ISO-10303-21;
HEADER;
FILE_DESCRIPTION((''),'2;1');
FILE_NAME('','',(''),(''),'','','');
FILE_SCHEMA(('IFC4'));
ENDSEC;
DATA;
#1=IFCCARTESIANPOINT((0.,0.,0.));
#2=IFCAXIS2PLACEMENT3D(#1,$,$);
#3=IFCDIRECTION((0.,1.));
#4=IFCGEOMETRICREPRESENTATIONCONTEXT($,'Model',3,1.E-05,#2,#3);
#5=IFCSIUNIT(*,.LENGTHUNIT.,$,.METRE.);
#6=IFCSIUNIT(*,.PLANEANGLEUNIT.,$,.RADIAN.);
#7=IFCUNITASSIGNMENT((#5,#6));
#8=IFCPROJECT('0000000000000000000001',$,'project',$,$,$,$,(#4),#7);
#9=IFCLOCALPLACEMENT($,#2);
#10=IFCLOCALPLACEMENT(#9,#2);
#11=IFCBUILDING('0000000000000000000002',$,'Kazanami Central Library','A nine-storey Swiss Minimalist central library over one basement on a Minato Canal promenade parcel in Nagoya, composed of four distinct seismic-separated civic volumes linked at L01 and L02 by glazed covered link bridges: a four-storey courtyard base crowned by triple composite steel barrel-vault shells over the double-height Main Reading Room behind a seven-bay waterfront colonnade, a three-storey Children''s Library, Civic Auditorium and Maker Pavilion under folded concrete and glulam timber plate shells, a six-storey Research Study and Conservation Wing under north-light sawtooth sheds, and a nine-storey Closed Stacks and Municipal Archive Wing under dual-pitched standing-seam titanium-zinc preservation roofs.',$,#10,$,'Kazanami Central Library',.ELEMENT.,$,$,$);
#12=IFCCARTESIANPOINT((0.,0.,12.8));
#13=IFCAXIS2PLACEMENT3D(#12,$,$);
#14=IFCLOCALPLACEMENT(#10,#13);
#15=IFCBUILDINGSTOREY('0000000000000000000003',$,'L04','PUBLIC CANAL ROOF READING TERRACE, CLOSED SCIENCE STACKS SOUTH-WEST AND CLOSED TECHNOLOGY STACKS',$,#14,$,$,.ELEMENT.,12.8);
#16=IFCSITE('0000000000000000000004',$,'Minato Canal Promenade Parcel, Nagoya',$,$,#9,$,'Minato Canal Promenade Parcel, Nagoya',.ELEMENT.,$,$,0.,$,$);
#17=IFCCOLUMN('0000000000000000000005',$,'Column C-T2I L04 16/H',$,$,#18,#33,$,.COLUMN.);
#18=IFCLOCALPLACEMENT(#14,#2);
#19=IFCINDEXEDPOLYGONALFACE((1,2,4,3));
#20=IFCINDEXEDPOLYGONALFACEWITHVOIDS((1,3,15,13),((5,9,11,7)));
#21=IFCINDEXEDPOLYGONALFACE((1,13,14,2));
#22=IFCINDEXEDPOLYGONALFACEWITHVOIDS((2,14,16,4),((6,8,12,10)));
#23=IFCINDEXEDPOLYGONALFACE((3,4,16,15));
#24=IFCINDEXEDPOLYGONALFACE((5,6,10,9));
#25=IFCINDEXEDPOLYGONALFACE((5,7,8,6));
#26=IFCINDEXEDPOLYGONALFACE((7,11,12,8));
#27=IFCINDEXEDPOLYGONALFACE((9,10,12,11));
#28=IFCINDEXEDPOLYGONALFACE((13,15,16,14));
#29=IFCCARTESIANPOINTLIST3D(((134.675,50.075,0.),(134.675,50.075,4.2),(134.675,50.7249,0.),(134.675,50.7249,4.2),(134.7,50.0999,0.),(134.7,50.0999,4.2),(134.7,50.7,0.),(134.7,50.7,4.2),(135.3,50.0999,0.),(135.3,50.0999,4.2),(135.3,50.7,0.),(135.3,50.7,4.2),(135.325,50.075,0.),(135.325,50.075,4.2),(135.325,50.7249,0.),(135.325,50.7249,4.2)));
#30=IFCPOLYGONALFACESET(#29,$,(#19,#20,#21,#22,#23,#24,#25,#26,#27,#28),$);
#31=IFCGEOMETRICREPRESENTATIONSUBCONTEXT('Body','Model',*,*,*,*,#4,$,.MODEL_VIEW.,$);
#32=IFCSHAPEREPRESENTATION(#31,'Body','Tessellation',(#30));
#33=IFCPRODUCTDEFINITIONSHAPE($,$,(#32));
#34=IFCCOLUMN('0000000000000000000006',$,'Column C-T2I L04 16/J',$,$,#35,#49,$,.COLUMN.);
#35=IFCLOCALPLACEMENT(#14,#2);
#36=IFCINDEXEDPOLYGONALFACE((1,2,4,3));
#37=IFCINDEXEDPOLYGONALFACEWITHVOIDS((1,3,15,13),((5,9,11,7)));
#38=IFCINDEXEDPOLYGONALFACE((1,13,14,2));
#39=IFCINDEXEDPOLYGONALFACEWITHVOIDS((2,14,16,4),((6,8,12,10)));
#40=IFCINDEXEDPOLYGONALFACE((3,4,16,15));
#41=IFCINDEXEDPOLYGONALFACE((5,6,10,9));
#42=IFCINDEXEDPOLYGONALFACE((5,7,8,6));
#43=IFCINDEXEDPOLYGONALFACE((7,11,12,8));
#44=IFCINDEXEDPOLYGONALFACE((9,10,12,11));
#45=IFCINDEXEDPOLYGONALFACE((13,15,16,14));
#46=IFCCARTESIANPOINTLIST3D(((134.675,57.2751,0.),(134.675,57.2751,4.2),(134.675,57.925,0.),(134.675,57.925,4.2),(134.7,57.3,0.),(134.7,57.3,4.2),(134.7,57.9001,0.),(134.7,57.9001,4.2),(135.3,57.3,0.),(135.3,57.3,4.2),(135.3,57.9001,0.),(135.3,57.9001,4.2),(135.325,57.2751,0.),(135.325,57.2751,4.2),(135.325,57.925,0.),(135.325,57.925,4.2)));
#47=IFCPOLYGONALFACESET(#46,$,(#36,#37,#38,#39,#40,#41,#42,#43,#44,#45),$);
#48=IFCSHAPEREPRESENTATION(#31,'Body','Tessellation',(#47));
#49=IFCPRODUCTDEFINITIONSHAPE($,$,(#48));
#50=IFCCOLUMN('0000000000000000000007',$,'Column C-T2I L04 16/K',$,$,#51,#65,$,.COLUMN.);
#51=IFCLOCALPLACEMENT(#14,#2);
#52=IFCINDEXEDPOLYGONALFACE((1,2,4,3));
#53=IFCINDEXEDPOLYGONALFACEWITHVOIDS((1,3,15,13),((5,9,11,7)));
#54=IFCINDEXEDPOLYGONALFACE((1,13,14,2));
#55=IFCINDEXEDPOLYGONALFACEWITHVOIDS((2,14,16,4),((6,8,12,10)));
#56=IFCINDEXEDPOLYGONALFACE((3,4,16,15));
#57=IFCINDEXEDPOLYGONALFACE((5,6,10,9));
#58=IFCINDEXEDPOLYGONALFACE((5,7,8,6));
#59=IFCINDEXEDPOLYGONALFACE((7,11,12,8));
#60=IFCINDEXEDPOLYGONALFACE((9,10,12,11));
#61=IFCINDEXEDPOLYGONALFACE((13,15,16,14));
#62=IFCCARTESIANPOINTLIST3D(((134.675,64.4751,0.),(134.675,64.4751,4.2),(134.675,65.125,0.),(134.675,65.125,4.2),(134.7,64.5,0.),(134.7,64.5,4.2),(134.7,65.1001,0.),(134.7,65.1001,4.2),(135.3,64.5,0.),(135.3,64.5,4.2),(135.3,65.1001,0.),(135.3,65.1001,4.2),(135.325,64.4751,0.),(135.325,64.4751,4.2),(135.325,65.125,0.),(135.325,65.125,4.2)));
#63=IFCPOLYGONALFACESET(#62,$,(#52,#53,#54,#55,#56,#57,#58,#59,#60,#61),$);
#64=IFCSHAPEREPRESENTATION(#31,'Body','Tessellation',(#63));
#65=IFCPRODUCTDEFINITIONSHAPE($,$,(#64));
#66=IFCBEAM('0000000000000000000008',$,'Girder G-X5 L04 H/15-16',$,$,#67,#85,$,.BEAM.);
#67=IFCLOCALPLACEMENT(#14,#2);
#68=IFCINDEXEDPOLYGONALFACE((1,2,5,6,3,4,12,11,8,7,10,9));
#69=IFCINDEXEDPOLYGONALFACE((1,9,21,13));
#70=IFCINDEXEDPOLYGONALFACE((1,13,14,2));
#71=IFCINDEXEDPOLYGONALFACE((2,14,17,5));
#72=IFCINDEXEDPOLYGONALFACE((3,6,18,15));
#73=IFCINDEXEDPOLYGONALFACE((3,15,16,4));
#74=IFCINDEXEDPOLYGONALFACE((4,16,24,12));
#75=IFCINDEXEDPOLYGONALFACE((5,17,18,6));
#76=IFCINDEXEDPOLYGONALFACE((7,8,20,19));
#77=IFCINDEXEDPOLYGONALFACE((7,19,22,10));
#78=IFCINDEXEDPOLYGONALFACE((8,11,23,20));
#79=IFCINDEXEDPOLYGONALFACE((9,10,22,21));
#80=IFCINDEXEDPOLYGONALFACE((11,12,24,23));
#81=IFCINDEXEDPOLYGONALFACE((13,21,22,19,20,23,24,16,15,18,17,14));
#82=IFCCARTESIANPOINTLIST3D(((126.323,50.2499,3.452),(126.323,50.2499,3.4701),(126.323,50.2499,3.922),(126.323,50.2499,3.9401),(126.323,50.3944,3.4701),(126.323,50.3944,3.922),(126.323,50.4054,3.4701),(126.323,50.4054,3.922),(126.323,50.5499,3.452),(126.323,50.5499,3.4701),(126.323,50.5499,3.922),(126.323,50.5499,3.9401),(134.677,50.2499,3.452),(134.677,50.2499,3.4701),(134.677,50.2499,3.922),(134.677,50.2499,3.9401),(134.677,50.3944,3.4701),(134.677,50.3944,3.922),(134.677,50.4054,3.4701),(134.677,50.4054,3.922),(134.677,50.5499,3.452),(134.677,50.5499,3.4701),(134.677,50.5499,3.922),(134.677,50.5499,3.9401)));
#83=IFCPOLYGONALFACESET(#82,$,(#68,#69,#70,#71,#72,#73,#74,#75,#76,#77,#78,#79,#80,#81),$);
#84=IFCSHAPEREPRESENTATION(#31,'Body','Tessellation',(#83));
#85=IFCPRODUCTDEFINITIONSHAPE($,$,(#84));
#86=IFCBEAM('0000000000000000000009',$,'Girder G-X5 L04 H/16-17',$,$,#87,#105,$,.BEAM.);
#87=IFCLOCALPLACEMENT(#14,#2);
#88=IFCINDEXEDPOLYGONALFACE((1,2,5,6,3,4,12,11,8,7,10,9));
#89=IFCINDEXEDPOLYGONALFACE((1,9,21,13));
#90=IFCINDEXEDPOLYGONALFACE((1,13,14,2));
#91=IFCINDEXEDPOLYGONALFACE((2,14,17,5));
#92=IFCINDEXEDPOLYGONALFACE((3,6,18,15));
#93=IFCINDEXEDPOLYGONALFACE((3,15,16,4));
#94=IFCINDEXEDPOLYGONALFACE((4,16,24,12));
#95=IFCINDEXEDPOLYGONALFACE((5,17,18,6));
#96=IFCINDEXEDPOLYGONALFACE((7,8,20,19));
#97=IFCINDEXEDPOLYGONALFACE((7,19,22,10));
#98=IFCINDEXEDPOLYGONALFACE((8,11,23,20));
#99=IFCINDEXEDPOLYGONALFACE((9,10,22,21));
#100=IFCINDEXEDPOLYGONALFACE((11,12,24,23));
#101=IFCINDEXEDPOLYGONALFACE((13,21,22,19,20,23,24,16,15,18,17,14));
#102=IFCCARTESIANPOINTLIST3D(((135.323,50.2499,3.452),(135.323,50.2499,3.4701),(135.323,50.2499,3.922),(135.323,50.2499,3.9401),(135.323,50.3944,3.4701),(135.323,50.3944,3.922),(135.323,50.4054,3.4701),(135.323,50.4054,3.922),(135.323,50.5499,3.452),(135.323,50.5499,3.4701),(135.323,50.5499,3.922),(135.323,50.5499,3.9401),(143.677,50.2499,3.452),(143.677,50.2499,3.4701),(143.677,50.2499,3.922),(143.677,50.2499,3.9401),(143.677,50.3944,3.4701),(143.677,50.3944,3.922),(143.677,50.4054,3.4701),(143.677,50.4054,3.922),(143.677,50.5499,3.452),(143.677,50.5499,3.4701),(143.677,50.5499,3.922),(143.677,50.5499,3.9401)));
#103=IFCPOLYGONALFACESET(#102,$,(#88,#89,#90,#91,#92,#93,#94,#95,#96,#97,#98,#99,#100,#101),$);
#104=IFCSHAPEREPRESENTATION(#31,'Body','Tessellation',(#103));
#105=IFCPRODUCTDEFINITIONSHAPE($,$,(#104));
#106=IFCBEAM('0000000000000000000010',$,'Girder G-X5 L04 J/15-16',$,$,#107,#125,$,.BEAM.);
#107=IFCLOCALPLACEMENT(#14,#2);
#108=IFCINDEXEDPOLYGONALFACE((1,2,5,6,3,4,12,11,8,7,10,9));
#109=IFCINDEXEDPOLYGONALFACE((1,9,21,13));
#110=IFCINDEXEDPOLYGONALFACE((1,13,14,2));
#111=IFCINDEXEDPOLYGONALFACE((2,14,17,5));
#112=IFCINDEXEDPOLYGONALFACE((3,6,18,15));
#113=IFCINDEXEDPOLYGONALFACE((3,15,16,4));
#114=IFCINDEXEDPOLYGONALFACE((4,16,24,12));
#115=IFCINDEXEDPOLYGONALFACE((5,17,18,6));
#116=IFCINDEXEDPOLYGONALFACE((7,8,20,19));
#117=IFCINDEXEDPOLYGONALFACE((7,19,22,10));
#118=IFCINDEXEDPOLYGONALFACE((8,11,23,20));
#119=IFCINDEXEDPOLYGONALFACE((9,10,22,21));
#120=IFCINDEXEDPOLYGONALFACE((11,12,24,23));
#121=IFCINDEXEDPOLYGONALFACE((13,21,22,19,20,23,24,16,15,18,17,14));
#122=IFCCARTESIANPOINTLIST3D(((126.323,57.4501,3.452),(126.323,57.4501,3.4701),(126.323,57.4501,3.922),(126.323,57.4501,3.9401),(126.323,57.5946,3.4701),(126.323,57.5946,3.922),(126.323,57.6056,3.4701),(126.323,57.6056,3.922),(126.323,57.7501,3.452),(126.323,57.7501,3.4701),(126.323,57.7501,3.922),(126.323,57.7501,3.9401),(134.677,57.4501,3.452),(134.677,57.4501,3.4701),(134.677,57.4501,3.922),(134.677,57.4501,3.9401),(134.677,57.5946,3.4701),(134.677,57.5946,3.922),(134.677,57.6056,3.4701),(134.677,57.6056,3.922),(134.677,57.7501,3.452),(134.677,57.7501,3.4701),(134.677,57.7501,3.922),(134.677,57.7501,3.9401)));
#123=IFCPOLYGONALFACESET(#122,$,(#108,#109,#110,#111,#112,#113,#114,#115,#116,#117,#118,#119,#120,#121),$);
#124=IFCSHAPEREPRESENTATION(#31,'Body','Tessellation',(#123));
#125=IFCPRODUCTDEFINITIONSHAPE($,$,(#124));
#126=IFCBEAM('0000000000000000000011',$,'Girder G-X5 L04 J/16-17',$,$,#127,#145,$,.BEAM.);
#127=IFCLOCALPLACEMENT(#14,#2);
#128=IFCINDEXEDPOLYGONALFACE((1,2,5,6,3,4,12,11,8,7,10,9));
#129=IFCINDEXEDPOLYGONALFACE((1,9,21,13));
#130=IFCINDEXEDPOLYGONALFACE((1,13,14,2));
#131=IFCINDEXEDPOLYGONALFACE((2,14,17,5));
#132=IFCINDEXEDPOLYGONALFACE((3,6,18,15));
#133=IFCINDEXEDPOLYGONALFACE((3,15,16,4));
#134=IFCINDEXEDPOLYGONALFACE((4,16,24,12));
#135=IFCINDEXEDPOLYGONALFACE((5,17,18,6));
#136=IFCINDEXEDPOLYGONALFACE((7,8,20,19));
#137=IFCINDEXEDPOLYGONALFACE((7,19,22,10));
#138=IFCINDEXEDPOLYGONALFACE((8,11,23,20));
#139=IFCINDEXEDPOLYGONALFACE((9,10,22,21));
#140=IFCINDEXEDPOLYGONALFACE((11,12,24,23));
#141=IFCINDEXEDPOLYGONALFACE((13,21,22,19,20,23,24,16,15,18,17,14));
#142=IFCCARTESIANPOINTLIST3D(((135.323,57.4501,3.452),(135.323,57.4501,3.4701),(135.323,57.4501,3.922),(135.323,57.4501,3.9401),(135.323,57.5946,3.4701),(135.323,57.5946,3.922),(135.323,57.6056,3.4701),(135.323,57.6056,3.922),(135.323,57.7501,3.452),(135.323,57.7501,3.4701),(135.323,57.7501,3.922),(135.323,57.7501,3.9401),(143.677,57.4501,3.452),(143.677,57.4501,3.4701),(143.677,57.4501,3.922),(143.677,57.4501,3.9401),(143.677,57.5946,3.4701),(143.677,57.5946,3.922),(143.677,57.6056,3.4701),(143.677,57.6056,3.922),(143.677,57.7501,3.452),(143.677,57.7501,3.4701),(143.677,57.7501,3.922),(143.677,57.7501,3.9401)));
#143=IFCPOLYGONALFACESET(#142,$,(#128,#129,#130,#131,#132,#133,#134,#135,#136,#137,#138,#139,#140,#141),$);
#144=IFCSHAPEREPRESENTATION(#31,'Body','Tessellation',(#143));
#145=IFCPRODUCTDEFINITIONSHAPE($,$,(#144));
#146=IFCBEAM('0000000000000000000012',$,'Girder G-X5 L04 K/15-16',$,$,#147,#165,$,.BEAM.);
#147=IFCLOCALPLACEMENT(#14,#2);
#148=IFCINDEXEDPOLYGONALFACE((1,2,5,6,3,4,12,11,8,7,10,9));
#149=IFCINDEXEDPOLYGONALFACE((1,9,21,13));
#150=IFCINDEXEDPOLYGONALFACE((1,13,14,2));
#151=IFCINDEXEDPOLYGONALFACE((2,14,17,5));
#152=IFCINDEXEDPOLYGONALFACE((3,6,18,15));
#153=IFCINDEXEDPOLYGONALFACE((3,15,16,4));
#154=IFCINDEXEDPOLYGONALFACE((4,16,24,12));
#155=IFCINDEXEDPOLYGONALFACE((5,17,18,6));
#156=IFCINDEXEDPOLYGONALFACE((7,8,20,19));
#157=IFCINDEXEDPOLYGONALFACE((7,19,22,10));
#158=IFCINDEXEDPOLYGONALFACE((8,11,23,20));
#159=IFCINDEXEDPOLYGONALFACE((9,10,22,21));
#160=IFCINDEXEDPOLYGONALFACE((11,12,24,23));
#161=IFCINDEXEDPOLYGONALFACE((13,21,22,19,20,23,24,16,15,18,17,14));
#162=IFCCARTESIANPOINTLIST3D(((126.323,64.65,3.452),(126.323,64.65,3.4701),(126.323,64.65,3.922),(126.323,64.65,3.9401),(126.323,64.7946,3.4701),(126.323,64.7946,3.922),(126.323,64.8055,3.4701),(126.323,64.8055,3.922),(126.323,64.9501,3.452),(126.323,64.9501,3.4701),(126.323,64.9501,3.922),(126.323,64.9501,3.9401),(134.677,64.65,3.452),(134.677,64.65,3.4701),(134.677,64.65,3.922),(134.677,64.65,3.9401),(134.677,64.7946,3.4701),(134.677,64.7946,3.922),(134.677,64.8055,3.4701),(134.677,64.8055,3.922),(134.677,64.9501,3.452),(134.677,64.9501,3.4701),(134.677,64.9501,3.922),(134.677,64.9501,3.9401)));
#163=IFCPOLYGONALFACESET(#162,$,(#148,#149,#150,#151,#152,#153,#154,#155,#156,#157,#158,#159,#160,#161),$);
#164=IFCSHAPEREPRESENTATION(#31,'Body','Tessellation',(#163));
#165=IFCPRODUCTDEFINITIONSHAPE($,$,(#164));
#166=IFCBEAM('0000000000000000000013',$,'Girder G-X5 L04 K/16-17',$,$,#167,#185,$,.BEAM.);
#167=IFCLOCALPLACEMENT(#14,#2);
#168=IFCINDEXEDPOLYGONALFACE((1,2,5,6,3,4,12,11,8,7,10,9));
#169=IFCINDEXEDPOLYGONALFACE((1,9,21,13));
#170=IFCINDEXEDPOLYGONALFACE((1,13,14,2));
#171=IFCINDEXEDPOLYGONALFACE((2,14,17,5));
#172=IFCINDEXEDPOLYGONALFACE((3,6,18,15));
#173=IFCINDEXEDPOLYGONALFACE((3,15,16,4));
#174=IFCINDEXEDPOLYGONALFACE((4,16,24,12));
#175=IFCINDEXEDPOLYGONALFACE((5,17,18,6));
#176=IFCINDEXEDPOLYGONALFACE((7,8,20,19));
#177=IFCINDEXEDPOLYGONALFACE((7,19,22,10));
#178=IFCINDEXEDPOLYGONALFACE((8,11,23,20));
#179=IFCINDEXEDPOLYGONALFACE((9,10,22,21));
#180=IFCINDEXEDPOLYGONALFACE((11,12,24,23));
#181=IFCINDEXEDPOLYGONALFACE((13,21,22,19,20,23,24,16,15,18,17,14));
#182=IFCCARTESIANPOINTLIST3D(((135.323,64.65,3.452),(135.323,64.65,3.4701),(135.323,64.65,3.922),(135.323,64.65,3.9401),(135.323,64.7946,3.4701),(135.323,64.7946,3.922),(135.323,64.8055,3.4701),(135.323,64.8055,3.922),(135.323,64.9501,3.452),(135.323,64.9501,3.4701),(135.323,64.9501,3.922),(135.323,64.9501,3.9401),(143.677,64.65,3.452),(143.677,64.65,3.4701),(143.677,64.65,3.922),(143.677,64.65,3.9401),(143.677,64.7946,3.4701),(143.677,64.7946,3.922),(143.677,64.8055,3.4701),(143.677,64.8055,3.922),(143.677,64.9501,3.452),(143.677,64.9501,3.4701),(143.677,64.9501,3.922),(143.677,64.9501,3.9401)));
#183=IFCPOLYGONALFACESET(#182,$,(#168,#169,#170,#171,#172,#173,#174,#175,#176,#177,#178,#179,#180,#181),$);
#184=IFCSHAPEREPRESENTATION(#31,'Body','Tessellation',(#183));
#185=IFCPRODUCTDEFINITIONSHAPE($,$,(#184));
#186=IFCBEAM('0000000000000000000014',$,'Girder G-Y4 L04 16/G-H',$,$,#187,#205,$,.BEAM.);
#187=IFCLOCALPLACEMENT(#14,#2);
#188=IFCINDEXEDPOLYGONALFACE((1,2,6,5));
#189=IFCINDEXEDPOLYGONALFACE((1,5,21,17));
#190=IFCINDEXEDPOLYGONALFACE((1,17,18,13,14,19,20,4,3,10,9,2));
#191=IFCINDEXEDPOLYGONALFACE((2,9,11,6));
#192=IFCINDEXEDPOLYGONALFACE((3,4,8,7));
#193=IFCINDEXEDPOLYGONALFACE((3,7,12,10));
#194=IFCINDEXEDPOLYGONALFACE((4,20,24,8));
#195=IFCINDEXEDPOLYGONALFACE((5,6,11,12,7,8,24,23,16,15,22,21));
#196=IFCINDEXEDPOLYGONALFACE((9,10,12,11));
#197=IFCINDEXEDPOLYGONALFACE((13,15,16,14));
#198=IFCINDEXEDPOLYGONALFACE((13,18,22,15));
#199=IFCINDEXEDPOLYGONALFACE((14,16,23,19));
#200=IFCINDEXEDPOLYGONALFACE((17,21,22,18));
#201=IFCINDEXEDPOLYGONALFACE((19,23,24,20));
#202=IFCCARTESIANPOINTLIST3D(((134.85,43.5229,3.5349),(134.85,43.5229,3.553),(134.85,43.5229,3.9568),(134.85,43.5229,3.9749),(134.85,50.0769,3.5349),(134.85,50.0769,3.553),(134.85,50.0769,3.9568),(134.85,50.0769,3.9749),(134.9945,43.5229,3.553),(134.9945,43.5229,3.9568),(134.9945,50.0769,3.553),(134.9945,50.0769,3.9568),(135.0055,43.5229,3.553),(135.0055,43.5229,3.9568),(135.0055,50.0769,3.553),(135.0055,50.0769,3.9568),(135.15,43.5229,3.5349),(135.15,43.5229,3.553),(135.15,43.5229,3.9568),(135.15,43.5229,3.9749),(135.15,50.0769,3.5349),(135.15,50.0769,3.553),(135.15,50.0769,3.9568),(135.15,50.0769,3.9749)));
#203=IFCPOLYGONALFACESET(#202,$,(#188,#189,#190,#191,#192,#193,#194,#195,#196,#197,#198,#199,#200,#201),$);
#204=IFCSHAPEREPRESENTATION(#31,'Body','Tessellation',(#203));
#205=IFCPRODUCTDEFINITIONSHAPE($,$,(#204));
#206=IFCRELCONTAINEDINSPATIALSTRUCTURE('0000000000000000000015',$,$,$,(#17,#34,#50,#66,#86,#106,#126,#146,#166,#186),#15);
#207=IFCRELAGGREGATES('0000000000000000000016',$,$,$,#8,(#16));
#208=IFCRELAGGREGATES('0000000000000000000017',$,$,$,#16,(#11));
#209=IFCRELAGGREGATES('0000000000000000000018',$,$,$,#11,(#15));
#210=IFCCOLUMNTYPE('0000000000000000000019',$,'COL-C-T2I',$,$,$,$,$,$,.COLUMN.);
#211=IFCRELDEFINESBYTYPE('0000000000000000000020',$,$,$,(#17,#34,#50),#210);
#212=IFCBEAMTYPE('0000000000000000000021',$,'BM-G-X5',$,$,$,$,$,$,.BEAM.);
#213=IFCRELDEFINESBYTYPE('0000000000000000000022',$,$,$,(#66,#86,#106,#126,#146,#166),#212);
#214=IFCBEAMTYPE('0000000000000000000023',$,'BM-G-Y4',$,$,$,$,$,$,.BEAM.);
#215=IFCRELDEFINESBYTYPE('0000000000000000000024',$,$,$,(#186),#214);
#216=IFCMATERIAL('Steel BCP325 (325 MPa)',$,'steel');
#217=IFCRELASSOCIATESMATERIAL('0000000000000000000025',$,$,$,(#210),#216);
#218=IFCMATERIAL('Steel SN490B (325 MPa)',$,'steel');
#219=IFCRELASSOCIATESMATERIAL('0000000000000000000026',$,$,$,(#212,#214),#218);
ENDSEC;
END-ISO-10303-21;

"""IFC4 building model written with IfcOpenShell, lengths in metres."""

from ifc_helpers import new_model, si_unit, direction, frame, origin, origin_2d, place, context, subcontext, project, spatial, hollow_rectangle, i_section, extrude, material, material_profile, profile_set, type_object, element, save


model = new_model("IFC4")

# Units and contexts
model_context = context("Model", 3, precision=1e-05, world=origin(), true_north=direction((0.0, 1.0)))
body_context = subcontext(model_context, "Body", "Model", "MODEL_VIEW")
ifc_project = project(units=[si_unit("LENGTHUNIT", "METRE"), si_unit("PLANEANGLEUNIT", "RADIAN")], contexts=[model_context])

# Site, building, storey
site_placement = place(None, origin())
site = spatial("IfcSite", under=ifc_project, at=site_placement, Name="Minato Canal Promenade Parcel, Nagoya", LongName="Minato Canal Promenade Parcel, Nagoya", CompositionType="ELEMENT", RefElevation=0.0)
building_placement = place(site_placement, origin())
building = spatial("IfcBuilding", under=site, at=building_placement, Name="Kazanami Central Library", Description="A nine-storey Swiss Minimalist central library over one basement on a Minato Canal promenade parcel in Nagoya, composed of four distinct seismic-separated civic volumes linked at L01 and L02 by glazed covered link bridges: a four-storey courtyard base crowned by triple composite steel barrel-vault shells over the double-height Main Reading Room behind a seven-bay waterfront colonnade, a three-storey Children's Library, Civic Auditorium and Maker Pavilion under folded concrete and glulam timber plate shells, a six-storey Research Study and Conservation Wing under north-light sawtooth sheds, and a nine-storey Closed Stacks and Municipal Archive Wing under dual-pitched standing-seam titanium-zinc preservation roofs.", LongName="Kazanami Central Library", CompositionType="ELEMENT")
storey_placement = place(building_placement, frame((0.0, 0.0, 12.8)))
storey = spatial("IfcBuildingStorey", under=building, at=storey_placement, Name="L04", Description="PUBLIC CANAL ROOF READING TERRACE, CLOSED SCIENCE STACKS SOUTH-WEST AND CLOSED TECHNOLOGY STACKS", CompositionType="ELEMENT", Elevation=12.8)

# Columns
ifc_material_1 = material(Name="Steel BCP325 (325 MPa)", Category="steel")
ifc_material_profile_1 = material_profile(ifc_material_1, hollow_rectangle(XDim=0.6499, YDim=0.6499, WallThickness=0.0249, at=origin_2d()), Name="BCP-650x650x25")
ifc_profile_set_1 = profile_set([ifc_material_profile_1], Name="Steel BCP325 (325 MPa)")
column_type = type_object("IfcColumnType", Name="COL-C-T2I", PredefinedType="COLUMN", material=ifc_profile_set_1)
for number, where, z_axis, x_axis, name in (
    (1, (135.0, 50.3999, 0.0), (0.0, 0.0, 1.0), (1.0, 0.0, 0.0), "Column C-T2I L04 16/H"),
    (2, (135.0, 57.6001, 0.0), (0.0, 0.0, 1.0), (1.0, 0.0, 0.0), "Column C-T2I L04 16/J"),
    (3, (135.0, 64.8, 0.0), (0.0, 0.0, 1.0), (1.0, 0.0, 0.0), "Column C-T2I L04 16/K"),
):
    element("IfcColumn", number, at=place(storey_placement, frame(where, z_axis=z_axis, x_axis=x_axis)), inside=storey, type_object=column_type, Name=name, PredefinedType="COLUMN", context=body_context, shape_type="SweptSolid", body=[
        extrude(hollow_rectangle(XDim=0.6499, YDim=0.6499, WallThickness=0.0249, at=origin_2d()), origin(), (0.0, 0.0, 1.0), 4.2),
    ])

# Beams
ifc_material_2 = material(Name="Steel SN490B (325 MPa)", Category="steel")
ifc_material_profile_2 = material_profile(ifc_material_2, i_section(OverallWidth=0.3, OverallDepth=0.488, WebThickness=0.011, FlangeThickness=0.0181, at=origin_2d()), Name="H-488x300x11x18")
ifc_profile_set_2 = profile_set([ifc_material_profile_2], Name="Steel SN490B (325 MPa)")
beam_type_1 = type_object("IfcBeamType", Name="BM-G-X5", PredefinedType="BEAM", material=ifc_profile_set_2)
for number, where, z_axis, x_axis, name in (
    (4, (126.323, 50.3999, 3.696), (1.0, 0.0, 0.0), (0.0, 1.0, 0.0), "Girder G-X5 L04 H/15-16"),
    (5, (135.323, 50.3999, 3.696), (1.0, 0.0, 0.0), (0.0, 1.0, 0.0), "Girder G-X5 L04 H/16-17"),
    (6, (126.323, 57.6001, 3.696), (1.0, 0.0, 0.0), (0.0, 1.0, 0.0), "Girder G-X5 L04 J/15-16"),
    (7, (135.323, 57.6001, 3.696), (1.0, 0.0, 0.0), (0.0, 1.0, 0.0), "Girder G-X5 L04 J/16-17"),
    (8, (126.323, 64.8, 3.696), (1.0, 0.0, 0.0), (0.0, 1.0, 0.0), "Girder G-X5 L04 K/15-16"),
    (9, (135.323, 64.8, 3.696), (1.0, 0.0, 0.0), (0.0, 1.0, 0.0), "Girder G-X5 L04 K/16-17"),
):
    element("IfcBeam", number, at=place(storey_placement, frame(where, z_axis=z_axis, x_axis=x_axis)), inside=storey, type_object=beam_type_1, Name=name, PredefinedType="BEAM", context=body_context, shape_type="SweptSolid", body=[
        extrude(i_section(OverallWidth=0.3, OverallDepth=0.488, WebThickness=0.011, FlangeThickness=0.0181, at=origin_2d()), origin(), (0.0, 0.0, 1.0), 8.354),
    ])
ifc_material_profile_3 = material_profile(ifc_material_2, i_section(OverallWidth=0.3, OverallDepth=0.4399, WebThickness=0.011, FlangeThickness=0.0181, at=origin_2d()), Name="H-440x300x11x18")
ifc_profile_set_3 = profile_set([ifc_material_profile_3], Name="Steel SN490B (325 MPa)")
beam_type_2 = type_object("IfcBeamType", Name="BM-G-Y4", PredefinedType="BEAM", material=ifc_profile_set_3)
beam_1_placement = place(storey_placement, frame((135.0, 43.5229, 3.7549), z_axis=(0.0, 1.0, 0.0), x_axis=(-1.0, 0.0, 0.0)))
element("IfcBeam", 10, at=beam_1_placement, inside=storey, type_object=beam_type_2, Name="Girder G-Y4 L04 16/G-H", PredefinedType="BEAM", context=body_context, shape_type="SweptSolid", body=[
    extrude(i_section(OverallWidth=0.3, OverallDepth=0.4399, WebThickness=0.011, FlangeThickness=0.0181, at=origin_2d()), origin(), (0.0, 0.0, 1.0), 6.554),
])

save(model, "model.ifc")
